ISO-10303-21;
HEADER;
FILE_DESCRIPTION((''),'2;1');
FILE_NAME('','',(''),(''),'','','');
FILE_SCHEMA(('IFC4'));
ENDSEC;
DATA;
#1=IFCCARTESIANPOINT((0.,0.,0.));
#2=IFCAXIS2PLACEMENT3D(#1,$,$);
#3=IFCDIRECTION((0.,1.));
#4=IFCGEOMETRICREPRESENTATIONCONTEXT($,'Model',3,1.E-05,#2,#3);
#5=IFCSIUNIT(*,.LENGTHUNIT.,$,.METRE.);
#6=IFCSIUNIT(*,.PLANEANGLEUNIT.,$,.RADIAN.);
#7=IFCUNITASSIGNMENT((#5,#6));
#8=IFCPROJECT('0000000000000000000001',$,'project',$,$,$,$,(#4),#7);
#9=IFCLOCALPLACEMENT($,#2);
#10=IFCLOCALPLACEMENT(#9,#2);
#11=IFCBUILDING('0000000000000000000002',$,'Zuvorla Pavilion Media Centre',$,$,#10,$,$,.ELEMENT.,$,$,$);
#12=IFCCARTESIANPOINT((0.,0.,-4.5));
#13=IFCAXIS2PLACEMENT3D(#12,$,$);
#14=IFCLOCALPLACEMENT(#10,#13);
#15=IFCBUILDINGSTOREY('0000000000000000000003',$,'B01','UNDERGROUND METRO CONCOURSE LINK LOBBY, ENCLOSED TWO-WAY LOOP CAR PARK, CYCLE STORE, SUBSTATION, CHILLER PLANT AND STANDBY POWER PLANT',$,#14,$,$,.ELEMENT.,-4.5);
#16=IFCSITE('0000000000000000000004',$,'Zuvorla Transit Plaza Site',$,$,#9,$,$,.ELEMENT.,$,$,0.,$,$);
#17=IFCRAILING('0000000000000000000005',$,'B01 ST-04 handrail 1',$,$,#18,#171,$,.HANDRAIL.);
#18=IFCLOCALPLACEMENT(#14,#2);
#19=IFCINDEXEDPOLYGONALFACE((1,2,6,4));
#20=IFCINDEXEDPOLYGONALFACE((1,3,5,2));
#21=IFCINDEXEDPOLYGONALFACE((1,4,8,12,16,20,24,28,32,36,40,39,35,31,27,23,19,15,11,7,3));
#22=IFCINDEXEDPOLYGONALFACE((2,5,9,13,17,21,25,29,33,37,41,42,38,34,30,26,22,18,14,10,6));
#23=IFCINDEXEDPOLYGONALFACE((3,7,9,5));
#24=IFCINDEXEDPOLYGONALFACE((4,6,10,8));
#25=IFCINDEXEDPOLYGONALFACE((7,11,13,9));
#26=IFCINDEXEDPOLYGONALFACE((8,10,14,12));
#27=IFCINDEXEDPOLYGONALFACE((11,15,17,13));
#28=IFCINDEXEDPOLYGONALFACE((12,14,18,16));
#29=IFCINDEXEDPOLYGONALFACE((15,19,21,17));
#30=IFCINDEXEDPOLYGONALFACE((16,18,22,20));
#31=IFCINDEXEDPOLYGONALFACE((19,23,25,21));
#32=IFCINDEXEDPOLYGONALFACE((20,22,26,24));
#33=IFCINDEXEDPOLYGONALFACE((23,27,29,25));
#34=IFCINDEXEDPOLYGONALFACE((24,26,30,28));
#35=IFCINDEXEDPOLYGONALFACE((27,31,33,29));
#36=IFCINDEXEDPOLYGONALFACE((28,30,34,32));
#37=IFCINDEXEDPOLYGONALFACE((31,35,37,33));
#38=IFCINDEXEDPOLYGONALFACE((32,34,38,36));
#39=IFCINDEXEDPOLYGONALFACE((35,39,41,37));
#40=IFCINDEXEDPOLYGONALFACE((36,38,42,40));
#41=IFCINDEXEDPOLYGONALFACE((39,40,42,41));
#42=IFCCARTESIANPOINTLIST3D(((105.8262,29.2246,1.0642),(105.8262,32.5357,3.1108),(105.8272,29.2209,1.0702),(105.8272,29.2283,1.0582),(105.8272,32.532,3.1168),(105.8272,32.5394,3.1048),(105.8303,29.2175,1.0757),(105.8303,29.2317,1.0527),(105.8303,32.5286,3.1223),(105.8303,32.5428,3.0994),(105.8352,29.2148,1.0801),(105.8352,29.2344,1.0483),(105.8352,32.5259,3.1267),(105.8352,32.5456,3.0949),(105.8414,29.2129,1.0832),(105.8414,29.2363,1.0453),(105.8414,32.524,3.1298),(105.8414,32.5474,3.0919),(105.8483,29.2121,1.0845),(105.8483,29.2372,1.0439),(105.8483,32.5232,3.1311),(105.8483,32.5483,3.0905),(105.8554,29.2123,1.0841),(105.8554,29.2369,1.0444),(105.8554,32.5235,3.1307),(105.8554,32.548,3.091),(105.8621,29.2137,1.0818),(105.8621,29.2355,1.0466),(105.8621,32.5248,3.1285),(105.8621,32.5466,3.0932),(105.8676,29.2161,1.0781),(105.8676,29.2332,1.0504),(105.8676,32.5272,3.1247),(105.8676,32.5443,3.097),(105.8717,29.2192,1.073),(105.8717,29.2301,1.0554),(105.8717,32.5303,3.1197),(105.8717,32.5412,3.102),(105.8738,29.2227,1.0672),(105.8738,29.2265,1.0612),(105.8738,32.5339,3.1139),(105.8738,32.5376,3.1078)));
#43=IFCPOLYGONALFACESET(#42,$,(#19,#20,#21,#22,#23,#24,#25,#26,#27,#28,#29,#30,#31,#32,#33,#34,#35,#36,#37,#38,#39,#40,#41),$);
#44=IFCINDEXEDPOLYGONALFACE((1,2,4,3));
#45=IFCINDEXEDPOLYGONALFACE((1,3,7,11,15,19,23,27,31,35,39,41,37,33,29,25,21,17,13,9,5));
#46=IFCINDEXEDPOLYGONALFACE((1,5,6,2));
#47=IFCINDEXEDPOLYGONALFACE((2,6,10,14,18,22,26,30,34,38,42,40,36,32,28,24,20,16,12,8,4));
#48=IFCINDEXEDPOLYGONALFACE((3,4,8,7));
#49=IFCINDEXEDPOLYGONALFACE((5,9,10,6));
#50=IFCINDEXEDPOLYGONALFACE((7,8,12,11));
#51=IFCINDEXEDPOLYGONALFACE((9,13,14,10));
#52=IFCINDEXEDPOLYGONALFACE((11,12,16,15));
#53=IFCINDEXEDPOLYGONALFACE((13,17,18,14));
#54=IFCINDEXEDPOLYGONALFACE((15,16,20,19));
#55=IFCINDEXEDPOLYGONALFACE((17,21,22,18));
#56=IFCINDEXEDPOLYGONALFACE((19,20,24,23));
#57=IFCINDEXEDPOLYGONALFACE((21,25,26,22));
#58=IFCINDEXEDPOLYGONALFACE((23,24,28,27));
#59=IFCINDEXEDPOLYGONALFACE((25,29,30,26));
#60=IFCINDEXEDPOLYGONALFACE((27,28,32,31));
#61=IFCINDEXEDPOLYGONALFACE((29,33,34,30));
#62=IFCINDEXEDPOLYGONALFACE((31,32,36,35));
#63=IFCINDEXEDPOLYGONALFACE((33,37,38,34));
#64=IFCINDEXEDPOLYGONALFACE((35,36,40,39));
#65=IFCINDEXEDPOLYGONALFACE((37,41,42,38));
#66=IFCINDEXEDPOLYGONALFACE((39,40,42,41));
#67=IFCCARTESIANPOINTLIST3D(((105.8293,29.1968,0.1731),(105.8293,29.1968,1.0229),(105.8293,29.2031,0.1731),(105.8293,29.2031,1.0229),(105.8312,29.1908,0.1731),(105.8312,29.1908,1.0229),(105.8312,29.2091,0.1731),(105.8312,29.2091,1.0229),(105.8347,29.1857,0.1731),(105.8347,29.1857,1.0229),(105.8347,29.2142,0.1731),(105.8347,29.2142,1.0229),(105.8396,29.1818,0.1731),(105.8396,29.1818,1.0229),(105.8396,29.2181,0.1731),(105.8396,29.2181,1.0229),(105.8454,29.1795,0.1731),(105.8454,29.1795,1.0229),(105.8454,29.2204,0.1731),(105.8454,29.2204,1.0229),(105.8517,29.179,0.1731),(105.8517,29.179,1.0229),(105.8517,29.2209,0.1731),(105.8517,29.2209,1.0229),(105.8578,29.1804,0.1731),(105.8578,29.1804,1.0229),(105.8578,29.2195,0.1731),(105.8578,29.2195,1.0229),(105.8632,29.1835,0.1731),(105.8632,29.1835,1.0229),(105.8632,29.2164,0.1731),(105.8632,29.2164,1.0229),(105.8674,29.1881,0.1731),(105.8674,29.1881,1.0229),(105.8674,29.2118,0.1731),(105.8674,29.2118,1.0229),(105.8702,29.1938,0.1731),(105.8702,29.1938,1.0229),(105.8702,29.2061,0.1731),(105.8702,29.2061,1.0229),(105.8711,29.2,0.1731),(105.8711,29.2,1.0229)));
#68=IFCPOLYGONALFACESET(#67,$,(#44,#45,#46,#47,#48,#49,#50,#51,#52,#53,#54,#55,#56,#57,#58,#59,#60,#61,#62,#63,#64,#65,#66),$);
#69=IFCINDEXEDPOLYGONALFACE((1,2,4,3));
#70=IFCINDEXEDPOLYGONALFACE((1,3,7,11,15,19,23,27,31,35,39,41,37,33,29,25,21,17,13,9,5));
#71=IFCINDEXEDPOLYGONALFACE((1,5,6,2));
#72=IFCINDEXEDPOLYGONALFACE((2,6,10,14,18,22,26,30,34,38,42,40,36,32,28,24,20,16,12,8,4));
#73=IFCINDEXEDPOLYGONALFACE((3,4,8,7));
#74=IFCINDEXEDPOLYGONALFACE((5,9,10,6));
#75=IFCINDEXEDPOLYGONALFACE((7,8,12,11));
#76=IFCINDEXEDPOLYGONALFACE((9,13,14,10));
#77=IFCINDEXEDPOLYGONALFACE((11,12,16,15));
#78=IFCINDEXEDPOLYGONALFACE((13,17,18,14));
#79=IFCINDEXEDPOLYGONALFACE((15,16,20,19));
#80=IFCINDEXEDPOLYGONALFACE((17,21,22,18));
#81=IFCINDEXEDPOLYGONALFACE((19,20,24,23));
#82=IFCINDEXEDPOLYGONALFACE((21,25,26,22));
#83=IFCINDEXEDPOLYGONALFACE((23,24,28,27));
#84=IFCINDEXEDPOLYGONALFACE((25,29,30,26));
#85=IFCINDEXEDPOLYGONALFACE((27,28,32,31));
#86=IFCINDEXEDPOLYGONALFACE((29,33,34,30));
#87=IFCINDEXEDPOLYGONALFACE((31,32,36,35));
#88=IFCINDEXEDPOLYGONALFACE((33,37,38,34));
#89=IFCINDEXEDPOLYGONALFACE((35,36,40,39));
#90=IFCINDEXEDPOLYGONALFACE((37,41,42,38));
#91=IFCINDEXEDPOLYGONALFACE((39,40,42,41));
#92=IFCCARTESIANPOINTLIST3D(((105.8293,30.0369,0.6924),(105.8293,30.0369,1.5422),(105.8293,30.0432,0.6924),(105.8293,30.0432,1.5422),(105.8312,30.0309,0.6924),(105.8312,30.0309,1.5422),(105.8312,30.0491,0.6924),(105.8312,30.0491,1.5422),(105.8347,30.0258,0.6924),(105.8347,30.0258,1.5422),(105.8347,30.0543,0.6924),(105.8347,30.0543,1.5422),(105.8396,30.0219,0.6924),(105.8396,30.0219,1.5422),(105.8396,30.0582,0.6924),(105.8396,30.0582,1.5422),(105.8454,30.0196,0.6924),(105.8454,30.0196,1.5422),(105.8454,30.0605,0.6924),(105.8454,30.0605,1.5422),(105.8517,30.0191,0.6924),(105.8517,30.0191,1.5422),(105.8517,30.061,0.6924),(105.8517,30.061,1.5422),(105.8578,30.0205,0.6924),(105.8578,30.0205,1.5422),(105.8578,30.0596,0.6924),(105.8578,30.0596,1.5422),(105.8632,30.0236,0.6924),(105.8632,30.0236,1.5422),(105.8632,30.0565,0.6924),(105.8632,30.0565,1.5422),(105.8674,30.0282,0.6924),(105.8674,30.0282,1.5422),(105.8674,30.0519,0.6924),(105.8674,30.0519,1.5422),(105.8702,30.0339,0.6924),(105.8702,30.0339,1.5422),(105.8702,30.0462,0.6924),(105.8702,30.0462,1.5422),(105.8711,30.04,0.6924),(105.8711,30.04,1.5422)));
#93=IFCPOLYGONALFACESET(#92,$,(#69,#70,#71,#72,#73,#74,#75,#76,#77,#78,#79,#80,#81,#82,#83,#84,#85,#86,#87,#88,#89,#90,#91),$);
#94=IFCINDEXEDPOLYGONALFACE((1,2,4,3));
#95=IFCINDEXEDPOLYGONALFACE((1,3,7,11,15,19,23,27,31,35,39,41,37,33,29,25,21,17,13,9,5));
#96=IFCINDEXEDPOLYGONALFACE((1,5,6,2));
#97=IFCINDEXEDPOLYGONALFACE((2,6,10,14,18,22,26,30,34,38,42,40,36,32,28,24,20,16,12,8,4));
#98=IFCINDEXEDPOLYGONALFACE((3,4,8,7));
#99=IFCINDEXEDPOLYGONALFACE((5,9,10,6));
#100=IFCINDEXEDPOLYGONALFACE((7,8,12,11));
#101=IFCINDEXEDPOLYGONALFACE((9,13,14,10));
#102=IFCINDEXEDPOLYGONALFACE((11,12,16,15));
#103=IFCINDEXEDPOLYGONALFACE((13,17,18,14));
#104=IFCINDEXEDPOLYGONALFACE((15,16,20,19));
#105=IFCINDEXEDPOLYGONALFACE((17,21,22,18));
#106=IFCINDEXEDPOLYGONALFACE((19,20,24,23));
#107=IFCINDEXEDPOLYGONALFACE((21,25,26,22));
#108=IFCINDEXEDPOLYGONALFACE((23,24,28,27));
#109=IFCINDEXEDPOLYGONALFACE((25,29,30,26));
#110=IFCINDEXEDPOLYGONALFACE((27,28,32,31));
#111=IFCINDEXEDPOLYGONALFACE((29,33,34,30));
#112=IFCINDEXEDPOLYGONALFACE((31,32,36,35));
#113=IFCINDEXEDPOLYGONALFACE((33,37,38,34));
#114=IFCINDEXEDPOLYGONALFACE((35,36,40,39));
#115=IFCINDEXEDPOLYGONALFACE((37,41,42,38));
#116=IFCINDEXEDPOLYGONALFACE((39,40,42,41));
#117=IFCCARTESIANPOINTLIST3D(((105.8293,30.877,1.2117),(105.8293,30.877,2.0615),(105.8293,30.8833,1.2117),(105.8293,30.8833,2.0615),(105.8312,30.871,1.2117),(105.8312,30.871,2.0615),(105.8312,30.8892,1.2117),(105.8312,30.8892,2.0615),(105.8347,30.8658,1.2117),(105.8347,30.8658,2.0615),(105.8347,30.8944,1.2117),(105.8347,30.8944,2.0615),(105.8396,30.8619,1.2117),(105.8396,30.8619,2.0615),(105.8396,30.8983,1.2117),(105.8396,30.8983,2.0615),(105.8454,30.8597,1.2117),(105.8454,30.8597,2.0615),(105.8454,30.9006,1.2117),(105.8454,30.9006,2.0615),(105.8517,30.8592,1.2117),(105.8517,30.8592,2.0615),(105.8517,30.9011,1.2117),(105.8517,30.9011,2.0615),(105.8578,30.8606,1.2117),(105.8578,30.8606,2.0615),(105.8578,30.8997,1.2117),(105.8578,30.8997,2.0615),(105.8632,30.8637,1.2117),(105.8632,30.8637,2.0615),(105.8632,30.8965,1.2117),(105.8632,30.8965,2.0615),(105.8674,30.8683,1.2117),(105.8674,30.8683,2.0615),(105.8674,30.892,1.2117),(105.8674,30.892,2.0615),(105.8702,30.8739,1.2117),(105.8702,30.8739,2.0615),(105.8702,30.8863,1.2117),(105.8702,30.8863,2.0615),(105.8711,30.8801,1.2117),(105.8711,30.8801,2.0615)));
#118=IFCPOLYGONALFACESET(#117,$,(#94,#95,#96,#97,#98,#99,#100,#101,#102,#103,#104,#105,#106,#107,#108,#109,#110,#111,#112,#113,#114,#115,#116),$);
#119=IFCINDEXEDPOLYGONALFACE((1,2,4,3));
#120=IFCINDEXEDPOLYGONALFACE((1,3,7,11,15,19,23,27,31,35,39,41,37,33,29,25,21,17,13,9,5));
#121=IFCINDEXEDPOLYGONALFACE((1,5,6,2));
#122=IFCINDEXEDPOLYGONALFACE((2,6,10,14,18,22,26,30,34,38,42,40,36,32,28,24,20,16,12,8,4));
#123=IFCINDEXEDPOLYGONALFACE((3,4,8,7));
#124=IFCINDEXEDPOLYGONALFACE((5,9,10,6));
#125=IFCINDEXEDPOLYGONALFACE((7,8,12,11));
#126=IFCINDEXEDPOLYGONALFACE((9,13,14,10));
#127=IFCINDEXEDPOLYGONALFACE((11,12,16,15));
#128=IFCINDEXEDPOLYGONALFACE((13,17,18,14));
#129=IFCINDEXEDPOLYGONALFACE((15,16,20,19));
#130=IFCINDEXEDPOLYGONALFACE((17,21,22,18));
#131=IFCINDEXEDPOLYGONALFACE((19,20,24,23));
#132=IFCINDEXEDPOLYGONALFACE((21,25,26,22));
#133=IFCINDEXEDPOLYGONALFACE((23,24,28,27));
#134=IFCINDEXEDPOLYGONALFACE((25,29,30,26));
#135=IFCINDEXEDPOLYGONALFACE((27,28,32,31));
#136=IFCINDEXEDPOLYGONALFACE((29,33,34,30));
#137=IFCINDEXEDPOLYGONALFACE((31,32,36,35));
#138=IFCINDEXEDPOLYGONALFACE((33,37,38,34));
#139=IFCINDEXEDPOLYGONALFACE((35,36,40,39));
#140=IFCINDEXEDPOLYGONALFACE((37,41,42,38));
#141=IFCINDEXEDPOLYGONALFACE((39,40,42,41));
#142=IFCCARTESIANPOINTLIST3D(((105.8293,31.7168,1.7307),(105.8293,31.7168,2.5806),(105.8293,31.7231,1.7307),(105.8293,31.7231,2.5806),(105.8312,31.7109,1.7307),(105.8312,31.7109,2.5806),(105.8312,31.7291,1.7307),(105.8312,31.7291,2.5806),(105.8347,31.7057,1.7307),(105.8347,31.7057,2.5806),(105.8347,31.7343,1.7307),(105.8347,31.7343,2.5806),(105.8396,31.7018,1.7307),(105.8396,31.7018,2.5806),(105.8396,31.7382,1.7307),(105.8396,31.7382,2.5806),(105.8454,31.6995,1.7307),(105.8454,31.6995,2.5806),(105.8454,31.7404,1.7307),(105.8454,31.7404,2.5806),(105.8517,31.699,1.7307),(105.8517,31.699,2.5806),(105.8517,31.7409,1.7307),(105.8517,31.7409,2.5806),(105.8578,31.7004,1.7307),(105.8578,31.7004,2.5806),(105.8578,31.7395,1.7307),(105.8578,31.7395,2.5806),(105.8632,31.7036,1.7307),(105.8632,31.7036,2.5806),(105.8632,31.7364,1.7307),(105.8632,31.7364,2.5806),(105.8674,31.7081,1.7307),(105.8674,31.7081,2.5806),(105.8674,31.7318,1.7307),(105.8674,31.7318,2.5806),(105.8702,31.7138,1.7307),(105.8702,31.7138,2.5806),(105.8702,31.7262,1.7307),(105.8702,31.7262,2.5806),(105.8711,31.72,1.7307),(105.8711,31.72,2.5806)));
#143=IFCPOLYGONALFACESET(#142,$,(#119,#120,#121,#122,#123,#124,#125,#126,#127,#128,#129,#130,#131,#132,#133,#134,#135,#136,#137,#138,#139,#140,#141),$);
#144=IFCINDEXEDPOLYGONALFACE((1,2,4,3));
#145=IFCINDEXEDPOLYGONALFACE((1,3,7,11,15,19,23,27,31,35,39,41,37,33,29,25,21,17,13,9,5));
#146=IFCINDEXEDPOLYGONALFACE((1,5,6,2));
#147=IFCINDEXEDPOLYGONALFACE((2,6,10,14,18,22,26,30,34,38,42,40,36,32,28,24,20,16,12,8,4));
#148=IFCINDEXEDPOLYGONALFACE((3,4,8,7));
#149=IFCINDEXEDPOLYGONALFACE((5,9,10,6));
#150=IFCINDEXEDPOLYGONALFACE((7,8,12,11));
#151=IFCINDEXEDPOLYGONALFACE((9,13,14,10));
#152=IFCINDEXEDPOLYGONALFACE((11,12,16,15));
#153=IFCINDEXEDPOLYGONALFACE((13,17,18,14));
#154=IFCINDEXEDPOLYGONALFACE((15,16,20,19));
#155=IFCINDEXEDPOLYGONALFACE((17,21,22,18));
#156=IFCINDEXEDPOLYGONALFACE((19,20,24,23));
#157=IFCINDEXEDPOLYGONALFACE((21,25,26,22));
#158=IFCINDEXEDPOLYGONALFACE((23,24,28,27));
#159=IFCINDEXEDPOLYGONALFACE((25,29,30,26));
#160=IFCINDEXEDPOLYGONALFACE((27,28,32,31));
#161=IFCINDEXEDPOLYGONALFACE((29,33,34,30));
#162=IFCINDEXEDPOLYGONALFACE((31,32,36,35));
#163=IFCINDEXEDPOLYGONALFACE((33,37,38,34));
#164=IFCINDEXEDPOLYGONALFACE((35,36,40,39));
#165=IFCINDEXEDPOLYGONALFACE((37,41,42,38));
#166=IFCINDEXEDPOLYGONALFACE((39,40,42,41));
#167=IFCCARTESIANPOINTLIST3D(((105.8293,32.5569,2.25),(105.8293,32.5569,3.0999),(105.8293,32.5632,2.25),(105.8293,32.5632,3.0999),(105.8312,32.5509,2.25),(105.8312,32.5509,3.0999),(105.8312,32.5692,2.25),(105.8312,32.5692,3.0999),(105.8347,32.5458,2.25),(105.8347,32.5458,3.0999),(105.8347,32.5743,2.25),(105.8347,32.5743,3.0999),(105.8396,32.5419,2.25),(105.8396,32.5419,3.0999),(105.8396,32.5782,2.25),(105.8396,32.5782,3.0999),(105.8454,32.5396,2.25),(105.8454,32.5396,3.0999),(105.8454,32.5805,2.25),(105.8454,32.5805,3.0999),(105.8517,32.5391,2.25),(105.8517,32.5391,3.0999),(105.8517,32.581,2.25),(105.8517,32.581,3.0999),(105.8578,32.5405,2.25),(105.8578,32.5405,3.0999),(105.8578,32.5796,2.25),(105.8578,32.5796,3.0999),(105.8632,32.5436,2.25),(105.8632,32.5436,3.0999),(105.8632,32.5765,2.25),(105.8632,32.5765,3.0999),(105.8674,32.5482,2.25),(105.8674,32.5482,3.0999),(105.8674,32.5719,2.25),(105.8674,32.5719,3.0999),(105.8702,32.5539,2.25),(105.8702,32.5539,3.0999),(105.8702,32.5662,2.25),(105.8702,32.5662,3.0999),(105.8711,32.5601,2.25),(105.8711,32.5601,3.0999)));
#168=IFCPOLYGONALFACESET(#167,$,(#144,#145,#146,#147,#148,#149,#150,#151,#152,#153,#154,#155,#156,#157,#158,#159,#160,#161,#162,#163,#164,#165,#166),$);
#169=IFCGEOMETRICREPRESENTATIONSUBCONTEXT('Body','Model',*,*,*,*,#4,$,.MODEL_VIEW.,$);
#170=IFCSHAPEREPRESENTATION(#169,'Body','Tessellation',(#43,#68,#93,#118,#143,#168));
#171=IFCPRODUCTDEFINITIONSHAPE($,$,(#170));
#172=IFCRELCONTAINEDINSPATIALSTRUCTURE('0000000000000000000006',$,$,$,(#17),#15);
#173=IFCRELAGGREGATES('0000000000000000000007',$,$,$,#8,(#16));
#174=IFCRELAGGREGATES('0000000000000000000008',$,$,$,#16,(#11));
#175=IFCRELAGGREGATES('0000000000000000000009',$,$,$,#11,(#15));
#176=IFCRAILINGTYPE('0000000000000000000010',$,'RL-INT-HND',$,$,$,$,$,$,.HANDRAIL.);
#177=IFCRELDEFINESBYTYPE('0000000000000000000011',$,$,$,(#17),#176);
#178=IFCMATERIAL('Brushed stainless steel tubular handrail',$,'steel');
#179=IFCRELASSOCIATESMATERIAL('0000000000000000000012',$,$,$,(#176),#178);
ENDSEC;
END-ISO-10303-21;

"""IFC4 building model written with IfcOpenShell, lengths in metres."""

from ifc_helpers import new_model, si_unit, direction, frame, origin, origin_2d, place, context, subcontext, project, spatial, circle, extrude, material, type_object, element, save


model = new_model("IFC4")

# Units and contexts
model_context = context("Model", 3, precision=1e-05, world=origin(), true_north=direction((0.0, 1.0)))
body_context = subcontext(model_context, "Body", "Model", "MODEL_VIEW")
ifc_project = project(units=[si_unit("LENGTHUNIT", "METRE"), si_unit("PLANEANGLEUNIT", "RADIAN")], contexts=[model_context])

# Site, building, storey
site_placement = place(None, origin())
site = spatial("IfcSite", under=ifc_project, at=site_placement, Name="Zuvorla Transit Plaza Site", CompositionType="ELEMENT", RefElevation=0.0)
building_placement = place(site_placement, origin())
building = spatial("IfcBuilding", under=site, at=building_placement, Name="Zuvorla Pavilion Media Centre", CompositionType="ELEMENT")
storey_placement = place(building_placement, frame((0.0, 0.0, -4.5)))
storey = spatial("IfcBuildingStorey", under=building, at=storey_placement, Name="B01", Description="UNDERGROUND METRO CONCOURSE LINK LOBBY, ENCLOSED TWO-WAY LOOP CAR PARK, CYCLE STORE, SUBSTATION, CHILLER PLANT AND STANDBY POWER PLANT", CompositionType="ELEMENT", Elevation=-4.5)

# Railing
ifc_material_1 = material(Name="Brushed stainless steel tubular handrail", Category="steel")
railing_type_1 = type_object("IfcRailingType", Name="RL-INT-HND", PredefinedType="HANDRAIL", material=ifc_material_1)
railing_1_placement = place(storey_placement, frame((105.8501, 29.2, 0.1731)))
element("IfcRailing", 1, at=railing_1_placement, inside=storey, type_object=railing_type_1, Name="B01 ST-04 handrail 1", PredefinedType="HANDRAIL", context=body_context, shape_type="SweptSolid", body=[
    extrude(circle(Radius=0.0239, at=origin_2d()), frame((0.0, 0.0247, 0.8911), z_axis=(0.0, 0.850623, 0.525776), x_axis=(-1.0, 0.0, 0.0)), (0.0, 0.0, 1.0), 3.8926),
    extrude(circle(Radius=0.021, at=origin_2d()), origin(), (0.0, 0.0, 1.0), 0.8499),
    extrude(circle(Radius=0.021, at=origin_2d()), frame((0.0, 0.8401, 0.5193)), (0.0, 0.0, 1.0), 0.8499),
    extrude(circle(Radius=0.021, at=origin_2d()), frame((0.0, 1.6802, 1.0386)), (0.0, 0.0, 1.0), 0.8499),
    extrude(circle(Radius=0.021, at=origin_2d()), frame((0.0, 2.52, 1.5576)), (0.0, 0.0, 1.0), 0.8499),
    extrude(circle(Radius=0.021, at=origin_2d()), frame((0.0, 3.3601, 2.0769)), (0.0, 0.0, 1.0), 0.8499),
])

save(model, "model.ifc")
